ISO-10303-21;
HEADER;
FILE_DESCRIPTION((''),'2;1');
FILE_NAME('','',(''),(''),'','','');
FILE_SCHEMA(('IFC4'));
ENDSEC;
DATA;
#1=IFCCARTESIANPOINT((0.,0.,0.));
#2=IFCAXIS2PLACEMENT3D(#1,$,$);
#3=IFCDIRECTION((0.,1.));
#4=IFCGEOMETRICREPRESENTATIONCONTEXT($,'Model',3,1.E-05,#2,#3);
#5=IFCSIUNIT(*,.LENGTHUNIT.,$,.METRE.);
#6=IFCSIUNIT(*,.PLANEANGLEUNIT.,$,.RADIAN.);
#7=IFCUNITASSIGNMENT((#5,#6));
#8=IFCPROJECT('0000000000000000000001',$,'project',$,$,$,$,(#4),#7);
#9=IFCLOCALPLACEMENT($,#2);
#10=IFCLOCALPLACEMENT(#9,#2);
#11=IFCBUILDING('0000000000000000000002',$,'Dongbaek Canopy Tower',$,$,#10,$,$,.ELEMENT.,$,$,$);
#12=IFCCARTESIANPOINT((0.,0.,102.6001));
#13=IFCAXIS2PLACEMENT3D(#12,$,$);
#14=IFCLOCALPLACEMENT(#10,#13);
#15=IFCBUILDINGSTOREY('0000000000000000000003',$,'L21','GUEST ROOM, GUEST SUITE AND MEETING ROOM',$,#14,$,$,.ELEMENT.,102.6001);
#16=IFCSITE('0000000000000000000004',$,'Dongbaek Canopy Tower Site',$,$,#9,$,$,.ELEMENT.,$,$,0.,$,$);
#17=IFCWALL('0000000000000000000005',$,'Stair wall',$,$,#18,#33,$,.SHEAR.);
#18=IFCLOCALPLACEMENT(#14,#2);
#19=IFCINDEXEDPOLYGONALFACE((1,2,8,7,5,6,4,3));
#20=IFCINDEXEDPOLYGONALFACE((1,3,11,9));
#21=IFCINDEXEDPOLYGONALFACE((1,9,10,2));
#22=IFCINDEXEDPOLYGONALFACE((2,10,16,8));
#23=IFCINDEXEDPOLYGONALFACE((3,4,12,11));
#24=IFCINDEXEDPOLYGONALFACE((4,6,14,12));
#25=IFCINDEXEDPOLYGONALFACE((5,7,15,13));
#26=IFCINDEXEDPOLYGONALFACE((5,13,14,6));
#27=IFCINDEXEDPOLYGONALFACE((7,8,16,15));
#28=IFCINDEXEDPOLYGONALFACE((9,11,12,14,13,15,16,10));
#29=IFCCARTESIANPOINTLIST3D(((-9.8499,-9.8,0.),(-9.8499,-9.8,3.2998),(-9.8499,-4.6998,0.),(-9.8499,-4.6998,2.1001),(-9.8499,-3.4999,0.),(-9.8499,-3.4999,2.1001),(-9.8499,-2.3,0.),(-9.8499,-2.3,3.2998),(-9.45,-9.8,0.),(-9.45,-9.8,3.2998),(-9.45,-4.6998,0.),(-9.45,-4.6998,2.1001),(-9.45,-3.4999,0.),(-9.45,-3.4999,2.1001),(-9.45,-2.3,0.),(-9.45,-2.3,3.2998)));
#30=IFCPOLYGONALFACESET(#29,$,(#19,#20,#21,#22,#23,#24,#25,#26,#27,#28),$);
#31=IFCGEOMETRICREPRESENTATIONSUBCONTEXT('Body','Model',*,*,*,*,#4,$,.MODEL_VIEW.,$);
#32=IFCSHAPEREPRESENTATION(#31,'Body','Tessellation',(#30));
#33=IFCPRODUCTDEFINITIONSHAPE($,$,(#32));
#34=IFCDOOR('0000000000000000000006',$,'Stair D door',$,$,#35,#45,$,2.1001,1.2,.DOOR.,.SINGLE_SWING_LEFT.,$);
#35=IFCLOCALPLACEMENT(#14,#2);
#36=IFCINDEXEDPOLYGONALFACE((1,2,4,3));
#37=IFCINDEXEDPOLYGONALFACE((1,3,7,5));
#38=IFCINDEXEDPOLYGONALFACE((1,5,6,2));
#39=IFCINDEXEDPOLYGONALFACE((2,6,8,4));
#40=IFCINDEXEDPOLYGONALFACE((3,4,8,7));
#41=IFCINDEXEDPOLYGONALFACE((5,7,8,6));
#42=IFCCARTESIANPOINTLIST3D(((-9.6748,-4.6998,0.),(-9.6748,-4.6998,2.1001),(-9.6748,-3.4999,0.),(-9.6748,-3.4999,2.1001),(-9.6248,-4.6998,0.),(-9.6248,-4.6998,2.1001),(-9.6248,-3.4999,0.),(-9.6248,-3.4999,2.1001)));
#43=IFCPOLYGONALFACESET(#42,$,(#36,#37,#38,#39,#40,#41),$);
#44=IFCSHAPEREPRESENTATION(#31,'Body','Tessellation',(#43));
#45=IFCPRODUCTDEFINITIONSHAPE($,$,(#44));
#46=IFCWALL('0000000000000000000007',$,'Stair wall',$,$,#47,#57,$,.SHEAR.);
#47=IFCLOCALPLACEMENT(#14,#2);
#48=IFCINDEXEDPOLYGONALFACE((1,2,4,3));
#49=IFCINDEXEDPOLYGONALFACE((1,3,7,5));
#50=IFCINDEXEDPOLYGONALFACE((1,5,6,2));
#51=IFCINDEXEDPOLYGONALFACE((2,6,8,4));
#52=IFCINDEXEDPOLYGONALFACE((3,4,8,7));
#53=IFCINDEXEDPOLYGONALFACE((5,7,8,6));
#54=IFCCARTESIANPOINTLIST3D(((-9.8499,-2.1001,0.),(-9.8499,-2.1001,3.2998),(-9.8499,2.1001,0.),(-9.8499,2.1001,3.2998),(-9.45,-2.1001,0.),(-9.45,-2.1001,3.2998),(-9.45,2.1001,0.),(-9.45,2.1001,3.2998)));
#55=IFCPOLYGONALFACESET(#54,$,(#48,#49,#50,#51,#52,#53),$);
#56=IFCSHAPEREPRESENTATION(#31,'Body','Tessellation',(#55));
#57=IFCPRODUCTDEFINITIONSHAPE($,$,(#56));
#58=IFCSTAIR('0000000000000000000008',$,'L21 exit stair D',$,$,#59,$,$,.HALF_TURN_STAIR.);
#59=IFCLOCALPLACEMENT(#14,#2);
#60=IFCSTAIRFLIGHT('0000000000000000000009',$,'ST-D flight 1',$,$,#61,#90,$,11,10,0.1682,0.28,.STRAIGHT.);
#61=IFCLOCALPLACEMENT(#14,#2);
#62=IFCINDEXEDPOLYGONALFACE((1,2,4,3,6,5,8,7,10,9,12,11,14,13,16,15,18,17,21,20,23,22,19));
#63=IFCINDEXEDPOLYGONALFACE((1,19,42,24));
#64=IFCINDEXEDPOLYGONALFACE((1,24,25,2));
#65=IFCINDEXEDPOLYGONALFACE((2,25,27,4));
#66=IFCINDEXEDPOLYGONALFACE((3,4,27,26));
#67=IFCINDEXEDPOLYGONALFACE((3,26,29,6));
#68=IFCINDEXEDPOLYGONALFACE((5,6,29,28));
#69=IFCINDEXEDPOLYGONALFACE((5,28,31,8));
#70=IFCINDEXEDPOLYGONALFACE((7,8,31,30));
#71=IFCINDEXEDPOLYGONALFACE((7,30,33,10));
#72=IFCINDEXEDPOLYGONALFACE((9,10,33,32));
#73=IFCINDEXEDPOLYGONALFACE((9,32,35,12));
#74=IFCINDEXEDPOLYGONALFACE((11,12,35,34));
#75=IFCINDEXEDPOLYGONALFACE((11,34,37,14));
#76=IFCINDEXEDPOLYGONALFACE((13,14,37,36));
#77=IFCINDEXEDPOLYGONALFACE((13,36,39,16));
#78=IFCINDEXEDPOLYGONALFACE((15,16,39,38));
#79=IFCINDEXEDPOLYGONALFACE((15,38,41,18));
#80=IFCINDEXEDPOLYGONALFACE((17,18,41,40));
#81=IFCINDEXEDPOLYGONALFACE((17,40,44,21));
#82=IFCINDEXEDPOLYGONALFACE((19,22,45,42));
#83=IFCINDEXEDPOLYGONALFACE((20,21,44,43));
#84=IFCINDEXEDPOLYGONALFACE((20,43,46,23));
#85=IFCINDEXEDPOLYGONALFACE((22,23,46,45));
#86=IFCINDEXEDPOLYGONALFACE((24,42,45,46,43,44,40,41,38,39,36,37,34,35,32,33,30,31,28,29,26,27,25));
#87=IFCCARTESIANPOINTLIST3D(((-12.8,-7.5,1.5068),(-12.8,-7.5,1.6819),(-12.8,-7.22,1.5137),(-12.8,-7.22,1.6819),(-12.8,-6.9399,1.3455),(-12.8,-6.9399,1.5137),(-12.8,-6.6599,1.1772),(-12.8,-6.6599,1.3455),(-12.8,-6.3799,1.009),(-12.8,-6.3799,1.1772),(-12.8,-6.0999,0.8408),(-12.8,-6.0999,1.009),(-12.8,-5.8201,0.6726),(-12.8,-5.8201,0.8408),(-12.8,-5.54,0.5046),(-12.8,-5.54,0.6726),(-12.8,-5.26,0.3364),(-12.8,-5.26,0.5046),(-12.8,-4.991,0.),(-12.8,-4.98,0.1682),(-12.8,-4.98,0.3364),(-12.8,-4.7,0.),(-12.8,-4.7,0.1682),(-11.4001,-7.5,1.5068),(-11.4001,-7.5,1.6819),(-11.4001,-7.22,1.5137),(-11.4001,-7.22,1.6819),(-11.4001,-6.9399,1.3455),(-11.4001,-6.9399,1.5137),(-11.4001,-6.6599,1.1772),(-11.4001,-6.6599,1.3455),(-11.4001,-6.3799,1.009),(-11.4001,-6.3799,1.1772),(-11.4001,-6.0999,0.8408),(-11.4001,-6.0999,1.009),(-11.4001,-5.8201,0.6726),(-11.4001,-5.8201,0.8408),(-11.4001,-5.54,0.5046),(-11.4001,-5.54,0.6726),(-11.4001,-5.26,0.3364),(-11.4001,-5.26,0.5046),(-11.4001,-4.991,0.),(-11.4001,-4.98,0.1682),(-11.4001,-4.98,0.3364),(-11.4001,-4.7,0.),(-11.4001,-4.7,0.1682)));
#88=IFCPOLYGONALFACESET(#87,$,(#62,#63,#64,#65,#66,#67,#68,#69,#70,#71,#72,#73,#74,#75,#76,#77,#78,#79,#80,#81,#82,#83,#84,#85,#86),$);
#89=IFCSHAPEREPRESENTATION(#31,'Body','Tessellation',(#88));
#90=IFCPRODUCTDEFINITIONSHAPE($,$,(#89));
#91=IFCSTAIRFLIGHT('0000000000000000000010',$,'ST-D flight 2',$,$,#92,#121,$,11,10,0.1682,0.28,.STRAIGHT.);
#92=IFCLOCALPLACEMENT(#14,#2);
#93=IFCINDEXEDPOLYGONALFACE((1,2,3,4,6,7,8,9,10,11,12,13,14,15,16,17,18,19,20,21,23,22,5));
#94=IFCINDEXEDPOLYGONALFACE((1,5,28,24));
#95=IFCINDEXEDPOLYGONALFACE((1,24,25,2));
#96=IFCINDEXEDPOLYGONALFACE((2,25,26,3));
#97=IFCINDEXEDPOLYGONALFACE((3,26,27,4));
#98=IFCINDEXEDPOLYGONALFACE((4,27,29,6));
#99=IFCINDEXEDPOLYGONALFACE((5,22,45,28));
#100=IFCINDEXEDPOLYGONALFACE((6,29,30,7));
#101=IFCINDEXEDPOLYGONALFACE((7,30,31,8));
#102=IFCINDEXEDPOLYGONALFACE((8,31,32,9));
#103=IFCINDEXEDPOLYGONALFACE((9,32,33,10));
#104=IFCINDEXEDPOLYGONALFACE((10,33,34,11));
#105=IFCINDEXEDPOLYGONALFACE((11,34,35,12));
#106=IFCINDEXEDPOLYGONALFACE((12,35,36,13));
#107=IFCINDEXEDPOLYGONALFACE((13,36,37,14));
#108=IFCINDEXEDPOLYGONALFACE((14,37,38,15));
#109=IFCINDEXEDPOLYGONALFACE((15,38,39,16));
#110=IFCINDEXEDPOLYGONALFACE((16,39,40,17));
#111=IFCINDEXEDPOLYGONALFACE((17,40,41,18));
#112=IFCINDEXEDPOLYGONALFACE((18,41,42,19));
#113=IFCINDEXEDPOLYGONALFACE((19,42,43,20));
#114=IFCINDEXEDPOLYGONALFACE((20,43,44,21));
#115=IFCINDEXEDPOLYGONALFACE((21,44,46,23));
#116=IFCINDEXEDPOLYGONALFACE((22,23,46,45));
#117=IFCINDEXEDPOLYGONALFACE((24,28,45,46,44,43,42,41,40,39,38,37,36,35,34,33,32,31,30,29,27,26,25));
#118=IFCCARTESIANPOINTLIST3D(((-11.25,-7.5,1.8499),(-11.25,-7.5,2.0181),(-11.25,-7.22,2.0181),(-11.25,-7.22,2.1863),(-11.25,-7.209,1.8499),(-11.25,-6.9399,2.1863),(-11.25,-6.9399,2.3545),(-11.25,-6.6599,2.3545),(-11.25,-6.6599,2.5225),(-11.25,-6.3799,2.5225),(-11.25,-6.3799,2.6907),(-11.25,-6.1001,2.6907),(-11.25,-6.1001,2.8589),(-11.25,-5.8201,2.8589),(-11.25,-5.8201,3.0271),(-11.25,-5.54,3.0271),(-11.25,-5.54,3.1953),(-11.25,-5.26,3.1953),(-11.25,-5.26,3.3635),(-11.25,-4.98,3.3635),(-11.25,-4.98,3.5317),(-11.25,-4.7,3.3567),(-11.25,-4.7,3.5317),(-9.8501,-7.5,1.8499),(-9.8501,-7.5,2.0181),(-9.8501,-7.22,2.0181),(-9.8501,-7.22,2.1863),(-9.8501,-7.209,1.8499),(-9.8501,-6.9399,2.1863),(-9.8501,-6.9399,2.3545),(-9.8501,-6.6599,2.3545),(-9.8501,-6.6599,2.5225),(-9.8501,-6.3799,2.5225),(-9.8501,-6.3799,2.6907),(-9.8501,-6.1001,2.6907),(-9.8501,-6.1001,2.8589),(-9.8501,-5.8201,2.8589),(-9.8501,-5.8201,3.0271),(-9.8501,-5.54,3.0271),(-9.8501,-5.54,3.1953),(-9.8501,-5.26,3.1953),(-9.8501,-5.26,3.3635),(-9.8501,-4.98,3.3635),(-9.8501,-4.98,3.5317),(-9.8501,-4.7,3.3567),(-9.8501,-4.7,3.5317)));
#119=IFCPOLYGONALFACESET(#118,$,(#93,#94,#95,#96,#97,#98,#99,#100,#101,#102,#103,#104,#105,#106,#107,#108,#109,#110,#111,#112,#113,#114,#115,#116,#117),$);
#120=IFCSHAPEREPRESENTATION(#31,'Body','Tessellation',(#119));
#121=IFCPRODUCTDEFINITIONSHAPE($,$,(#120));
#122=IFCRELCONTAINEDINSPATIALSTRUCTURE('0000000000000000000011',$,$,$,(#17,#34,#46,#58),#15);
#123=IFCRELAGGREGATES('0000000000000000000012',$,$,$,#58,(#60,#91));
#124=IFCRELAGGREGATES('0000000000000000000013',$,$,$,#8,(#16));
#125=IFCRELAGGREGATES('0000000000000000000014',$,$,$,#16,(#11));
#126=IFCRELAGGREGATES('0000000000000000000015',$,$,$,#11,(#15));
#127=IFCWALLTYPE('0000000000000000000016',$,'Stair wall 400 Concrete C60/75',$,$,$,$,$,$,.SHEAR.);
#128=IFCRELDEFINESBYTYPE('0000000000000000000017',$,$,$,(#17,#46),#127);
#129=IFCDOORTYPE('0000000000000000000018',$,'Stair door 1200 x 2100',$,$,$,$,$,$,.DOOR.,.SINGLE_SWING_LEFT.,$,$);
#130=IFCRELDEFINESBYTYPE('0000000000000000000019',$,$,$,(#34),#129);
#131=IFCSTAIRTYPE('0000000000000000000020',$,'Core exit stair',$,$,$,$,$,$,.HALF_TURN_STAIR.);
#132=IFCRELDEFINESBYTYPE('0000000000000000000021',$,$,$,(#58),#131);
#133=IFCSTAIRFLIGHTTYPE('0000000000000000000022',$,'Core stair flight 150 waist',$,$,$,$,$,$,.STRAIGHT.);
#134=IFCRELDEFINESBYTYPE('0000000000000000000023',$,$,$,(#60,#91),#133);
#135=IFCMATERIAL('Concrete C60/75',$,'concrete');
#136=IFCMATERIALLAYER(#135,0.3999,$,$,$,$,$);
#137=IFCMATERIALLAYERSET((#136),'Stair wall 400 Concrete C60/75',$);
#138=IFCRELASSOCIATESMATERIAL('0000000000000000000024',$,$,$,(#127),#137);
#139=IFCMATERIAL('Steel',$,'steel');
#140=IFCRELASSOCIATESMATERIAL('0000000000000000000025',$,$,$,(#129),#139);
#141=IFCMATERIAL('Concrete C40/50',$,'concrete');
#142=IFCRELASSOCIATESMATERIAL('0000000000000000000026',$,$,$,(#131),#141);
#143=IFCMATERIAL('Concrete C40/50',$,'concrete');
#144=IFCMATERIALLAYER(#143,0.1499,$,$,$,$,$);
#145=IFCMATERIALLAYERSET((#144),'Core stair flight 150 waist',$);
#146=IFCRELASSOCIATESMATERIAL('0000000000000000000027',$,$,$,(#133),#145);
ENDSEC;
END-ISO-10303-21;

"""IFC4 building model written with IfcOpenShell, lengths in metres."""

from ifc_helpers import new_model, si_unit, direction, frame, frame_2d, origin, place, context, subcontext, project, spatial, polyline, rectangle, outline, extrude, material, layer, layer_set, type_object, element, fill, aggregate, save


model = new_model("IFC4")

# Units and contexts
model_context = context("Model", 3, precision=1e-05, world=origin(), true_north=direction((0.0, 1.0)))
body_context = subcontext(model_context, "Body", "Model", "MODEL_VIEW")
ifc_project = project(units=[si_unit("LENGTHUNIT", "METRE"), si_unit("PLANEANGLEUNIT", "RADIAN")], contexts=[model_context])

# Site, building, storey
site_placement = place(None, origin())
site = spatial("IfcSite", under=ifc_project, at=site_placement, Name="Dongbaek Canopy Tower Site", CompositionType="ELEMENT", RefElevation=0.0)
building_placement = place(site_placement, origin())
building = spatial("IfcBuilding", under=site, at=building_placement, Name="Dongbaek Canopy Tower", CompositionType="ELEMENT")
storey_placement = place(building_placement, frame((0.0, 0.0, 102.6001)))
storey = spatial("IfcBuildingStorey", under=building, at=storey_placement, Name="L21", Description="GUEST ROOM, GUEST SUITE AND MEETING ROOM", CompositionType="ELEMENT", Elevation=102.6001)

# Wall, opening, door
ifc_material_1 = material(Name="Concrete C60/75", Category="concrete")
ifc_layer_1 = layer(ifc_material_1, 0.3999)
ifc_layer_set_1 = layer_set([ifc_layer_1], Name="Stair wall 400 Concrete C60/75")
wall_type_1 = type_object("IfcWallType", Name="Stair wall 400 Concrete C60/75", PredefinedType="SHEAR", material=ifc_layer_set_1)
wall_1_placement = place(storey_placement, frame((-9.6499, -9.8, 0.0), z_axis=(0.0, 0.0, 1.0), x_axis=(0.0, 1.0, 0.0)))
wall_1 = element("IfcWall", 1, at=wall_1_placement, inside=storey, type_object=wall_type_1, Name="Stair wall", PredefinedType="SHEAR", context=body_context, shape_type="SweptSolid", body=[
    extrude(rectangle(XDim=7.5, YDim=0.3999, at=frame_2d((3.75, 0.0))), origin(), (0.0, 0.0, 1.0), 3.2998),
])
opening_1_placement = place(wall_1_placement, frame((5.1001, 0.0, 0.0)))
opening_1 = element("IfcOpeningElement", 2, at=opening_1_placement, cuts=wall_1, PredefinedType="OPENING", context=body_context, shape_type="SweptSolid", body=[
    extrude(rectangle(XDim=1.2, YDim=2.1001, at=frame_2d((0.6001, 1.05))), frame((0.0, 0.21, 0.0), z_axis=(0.0, -1.0, 0.0), x_axis=(1.0, 0.0, 0.0)), (0.0, 0.0, 1.0), 0.4199),
])
ifc_material_2 = material(Name="Steel", Category="steel")
door_type_1 = type_object("IfcDoorType", Name="Stair door 1200 x 2100", OperationType="SINGLE_SWING_LEFT", PredefinedType="DOOR", material=ifc_material_2)
door_1_placement = place(opening_1_placement, origin())
door_1 = element("IfcDoor", 3, at=door_1_placement, inside=storey, type_object=door_type_1, Name="Stair D door", OperationType="SINGLE_SWING_LEFT", OverallHeight=2.1001, OverallWidth=1.2, PredefinedType="DOOR", context=body_context, shape_type="SweptSolid", body=[
    extrude(rectangle(XDim=1.2, YDim=2.1001, at=frame_2d((0.6001, 1.05))), frame((0.0, 0.0249, 0.0), z_axis=(0.0, -1.0, 0.0), x_axis=(1.0, 0.0, 0.0)), (0.0, 0.0, 1.0), 0.05),
])
fill(opening_1, door_1)

# Wall
wall_2_placement = place(storey_placement, frame((-9.6499, -2.1001, 0.0), z_axis=(0.0, 0.0, 1.0), x_axis=(0.0, 1.0, 0.0)))
element("IfcWall", 4, at=wall_2_placement, inside=storey, type_object=wall_type_1, Name="Stair wall", PredefinedType="SHEAR", context=body_context, shape_type="SweptSolid", body=[
    extrude(rectangle(XDim=4.2002, YDim=0.3999, at=frame_2d((2.1001, 0.0))), origin(), (0.0, 0.0, 1.0), 3.2998),
])

# Stair, stair flights
ifc_material_3 = material(Name="Concrete C40/50", Category="concrete")
stair_type = type_object("IfcStairType", Name="Core exit stair", PredefinedType="HALF_TURN_STAIR", material=ifc_material_3)
stair_placement = place(storey_placement, origin())
stair = element("IfcStair", 5, at=stair_placement, inside=storey, type_object=stair_type, Name="L21 exit stair D", PredefinedType="HALF_TURN_STAIR")
ifc_material_4 = material(Name="Concrete C40/50", Category="concrete")
ifc_layer_2 = layer(ifc_material_4, 0.1499)
ifc_layer_set_2 = layer_set([ifc_layer_2], Name="Core stair flight 150 waist")
stair_flight_type = type_object("IfcStairFlightType", Name="Core stair flight 150 waist", PredefinedType="STRAIGHT", material=ifc_layer_set_2)
stair_flight_1_placement = place(storey_placement, frame((-12.1001, -4.7, 0.0), z_axis=(0.0, 0.0, 1.0), x_axis=(0.0, -1.0, 0.0)))
stair_flight_1 = element("IfcStairFlight", 6, at=stair_flight_1_placement, type_object=stair_flight_type, Name="ST-D flight 1", NumberOfRisers=11, NumberOfTreads=10, PredefinedType="STRAIGHT", RiserHeight=0.1682, TreadLength=0.28, context=body_context, shape_type="SweptSolid", body=[
    extrude(outline(polyline([(0.0, 0.0), (0.0, 0.1682), (0.28, 0.1682), (0.28, 0.3364), (0.5601, 0.3364), (0.5601, 0.5046), (0.8401, 0.5046), (0.8401, 0.6726), (1.1201, 0.6726), (1.1201, 0.8408), (1.3999, 0.8408), (1.3999, 1.009), (1.6799, 1.009), (1.6799, 1.1772), (1.96, 1.1772), (1.96, 1.3455), (2.24, 1.3455), (2.24, 1.5137), (2.52, 1.5137), (2.52, 1.6819), (2.8, 1.6819), (2.8, 1.8501), (2.8, 1.5068), (0.291, 0.0), (0.0, 0.0)])), frame((0.0, 0.7, 0.0), z_axis=(0.0, -1.0, 0.0), x_axis=(1.0, 0.0, 0.0)), (0.0, 0.0, 1.0), 1.3999),
])
stair_flight_2_placement = place(storey_placement, frame((-10.55, -7.5, 1.8499), z_axis=(0.0, 0.0, 1.0), x_axis=(0.0, 1.0, 0.0)))
stair_flight_2 = element("IfcStairFlight", 7, at=stair_flight_2_placement, type_object=stair_flight_type, Name="ST-D flight 2", NumberOfRisers=11, NumberOfTreads=10, PredefinedType="STRAIGHT", RiserHeight=0.1682, TreadLength=0.28, context=body_context, shape_type="SweptSolid", body=[
    extrude(outline(polyline([(0.0, 0.0), (0.0, 0.1682), (0.28, 0.1682), (0.28, 0.3364), (0.5601, 0.3364), (0.5601, 0.5046), (0.8401, 0.5046), (0.8401, 0.6726), (1.1201, 0.6726), (1.1201, 0.8408), (1.3999, 0.8408), (1.3999, 1.009), (1.6799, 1.009), (1.6799, 1.1772), (1.96, 1.1772), (1.96, 1.3455), (2.24, 1.3455), (2.24, 1.5137), (2.52, 1.5137), (2.52, 1.6819), (2.8, 1.6819), (2.8, 1.8501), (2.8, 1.5068), (0.291, 0.0), (0.0, 0.0)])), frame((0.0, 0.7, 0.0), z_axis=(0.0, -1.0, 0.0), x_axis=(1.0, 0.0, 0.0)), (0.0, 0.0, 1.0), 1.3999),
])
aggregate(stair, [stair_flight_1, stair_flight_2])

save(model, "model.ifc")
